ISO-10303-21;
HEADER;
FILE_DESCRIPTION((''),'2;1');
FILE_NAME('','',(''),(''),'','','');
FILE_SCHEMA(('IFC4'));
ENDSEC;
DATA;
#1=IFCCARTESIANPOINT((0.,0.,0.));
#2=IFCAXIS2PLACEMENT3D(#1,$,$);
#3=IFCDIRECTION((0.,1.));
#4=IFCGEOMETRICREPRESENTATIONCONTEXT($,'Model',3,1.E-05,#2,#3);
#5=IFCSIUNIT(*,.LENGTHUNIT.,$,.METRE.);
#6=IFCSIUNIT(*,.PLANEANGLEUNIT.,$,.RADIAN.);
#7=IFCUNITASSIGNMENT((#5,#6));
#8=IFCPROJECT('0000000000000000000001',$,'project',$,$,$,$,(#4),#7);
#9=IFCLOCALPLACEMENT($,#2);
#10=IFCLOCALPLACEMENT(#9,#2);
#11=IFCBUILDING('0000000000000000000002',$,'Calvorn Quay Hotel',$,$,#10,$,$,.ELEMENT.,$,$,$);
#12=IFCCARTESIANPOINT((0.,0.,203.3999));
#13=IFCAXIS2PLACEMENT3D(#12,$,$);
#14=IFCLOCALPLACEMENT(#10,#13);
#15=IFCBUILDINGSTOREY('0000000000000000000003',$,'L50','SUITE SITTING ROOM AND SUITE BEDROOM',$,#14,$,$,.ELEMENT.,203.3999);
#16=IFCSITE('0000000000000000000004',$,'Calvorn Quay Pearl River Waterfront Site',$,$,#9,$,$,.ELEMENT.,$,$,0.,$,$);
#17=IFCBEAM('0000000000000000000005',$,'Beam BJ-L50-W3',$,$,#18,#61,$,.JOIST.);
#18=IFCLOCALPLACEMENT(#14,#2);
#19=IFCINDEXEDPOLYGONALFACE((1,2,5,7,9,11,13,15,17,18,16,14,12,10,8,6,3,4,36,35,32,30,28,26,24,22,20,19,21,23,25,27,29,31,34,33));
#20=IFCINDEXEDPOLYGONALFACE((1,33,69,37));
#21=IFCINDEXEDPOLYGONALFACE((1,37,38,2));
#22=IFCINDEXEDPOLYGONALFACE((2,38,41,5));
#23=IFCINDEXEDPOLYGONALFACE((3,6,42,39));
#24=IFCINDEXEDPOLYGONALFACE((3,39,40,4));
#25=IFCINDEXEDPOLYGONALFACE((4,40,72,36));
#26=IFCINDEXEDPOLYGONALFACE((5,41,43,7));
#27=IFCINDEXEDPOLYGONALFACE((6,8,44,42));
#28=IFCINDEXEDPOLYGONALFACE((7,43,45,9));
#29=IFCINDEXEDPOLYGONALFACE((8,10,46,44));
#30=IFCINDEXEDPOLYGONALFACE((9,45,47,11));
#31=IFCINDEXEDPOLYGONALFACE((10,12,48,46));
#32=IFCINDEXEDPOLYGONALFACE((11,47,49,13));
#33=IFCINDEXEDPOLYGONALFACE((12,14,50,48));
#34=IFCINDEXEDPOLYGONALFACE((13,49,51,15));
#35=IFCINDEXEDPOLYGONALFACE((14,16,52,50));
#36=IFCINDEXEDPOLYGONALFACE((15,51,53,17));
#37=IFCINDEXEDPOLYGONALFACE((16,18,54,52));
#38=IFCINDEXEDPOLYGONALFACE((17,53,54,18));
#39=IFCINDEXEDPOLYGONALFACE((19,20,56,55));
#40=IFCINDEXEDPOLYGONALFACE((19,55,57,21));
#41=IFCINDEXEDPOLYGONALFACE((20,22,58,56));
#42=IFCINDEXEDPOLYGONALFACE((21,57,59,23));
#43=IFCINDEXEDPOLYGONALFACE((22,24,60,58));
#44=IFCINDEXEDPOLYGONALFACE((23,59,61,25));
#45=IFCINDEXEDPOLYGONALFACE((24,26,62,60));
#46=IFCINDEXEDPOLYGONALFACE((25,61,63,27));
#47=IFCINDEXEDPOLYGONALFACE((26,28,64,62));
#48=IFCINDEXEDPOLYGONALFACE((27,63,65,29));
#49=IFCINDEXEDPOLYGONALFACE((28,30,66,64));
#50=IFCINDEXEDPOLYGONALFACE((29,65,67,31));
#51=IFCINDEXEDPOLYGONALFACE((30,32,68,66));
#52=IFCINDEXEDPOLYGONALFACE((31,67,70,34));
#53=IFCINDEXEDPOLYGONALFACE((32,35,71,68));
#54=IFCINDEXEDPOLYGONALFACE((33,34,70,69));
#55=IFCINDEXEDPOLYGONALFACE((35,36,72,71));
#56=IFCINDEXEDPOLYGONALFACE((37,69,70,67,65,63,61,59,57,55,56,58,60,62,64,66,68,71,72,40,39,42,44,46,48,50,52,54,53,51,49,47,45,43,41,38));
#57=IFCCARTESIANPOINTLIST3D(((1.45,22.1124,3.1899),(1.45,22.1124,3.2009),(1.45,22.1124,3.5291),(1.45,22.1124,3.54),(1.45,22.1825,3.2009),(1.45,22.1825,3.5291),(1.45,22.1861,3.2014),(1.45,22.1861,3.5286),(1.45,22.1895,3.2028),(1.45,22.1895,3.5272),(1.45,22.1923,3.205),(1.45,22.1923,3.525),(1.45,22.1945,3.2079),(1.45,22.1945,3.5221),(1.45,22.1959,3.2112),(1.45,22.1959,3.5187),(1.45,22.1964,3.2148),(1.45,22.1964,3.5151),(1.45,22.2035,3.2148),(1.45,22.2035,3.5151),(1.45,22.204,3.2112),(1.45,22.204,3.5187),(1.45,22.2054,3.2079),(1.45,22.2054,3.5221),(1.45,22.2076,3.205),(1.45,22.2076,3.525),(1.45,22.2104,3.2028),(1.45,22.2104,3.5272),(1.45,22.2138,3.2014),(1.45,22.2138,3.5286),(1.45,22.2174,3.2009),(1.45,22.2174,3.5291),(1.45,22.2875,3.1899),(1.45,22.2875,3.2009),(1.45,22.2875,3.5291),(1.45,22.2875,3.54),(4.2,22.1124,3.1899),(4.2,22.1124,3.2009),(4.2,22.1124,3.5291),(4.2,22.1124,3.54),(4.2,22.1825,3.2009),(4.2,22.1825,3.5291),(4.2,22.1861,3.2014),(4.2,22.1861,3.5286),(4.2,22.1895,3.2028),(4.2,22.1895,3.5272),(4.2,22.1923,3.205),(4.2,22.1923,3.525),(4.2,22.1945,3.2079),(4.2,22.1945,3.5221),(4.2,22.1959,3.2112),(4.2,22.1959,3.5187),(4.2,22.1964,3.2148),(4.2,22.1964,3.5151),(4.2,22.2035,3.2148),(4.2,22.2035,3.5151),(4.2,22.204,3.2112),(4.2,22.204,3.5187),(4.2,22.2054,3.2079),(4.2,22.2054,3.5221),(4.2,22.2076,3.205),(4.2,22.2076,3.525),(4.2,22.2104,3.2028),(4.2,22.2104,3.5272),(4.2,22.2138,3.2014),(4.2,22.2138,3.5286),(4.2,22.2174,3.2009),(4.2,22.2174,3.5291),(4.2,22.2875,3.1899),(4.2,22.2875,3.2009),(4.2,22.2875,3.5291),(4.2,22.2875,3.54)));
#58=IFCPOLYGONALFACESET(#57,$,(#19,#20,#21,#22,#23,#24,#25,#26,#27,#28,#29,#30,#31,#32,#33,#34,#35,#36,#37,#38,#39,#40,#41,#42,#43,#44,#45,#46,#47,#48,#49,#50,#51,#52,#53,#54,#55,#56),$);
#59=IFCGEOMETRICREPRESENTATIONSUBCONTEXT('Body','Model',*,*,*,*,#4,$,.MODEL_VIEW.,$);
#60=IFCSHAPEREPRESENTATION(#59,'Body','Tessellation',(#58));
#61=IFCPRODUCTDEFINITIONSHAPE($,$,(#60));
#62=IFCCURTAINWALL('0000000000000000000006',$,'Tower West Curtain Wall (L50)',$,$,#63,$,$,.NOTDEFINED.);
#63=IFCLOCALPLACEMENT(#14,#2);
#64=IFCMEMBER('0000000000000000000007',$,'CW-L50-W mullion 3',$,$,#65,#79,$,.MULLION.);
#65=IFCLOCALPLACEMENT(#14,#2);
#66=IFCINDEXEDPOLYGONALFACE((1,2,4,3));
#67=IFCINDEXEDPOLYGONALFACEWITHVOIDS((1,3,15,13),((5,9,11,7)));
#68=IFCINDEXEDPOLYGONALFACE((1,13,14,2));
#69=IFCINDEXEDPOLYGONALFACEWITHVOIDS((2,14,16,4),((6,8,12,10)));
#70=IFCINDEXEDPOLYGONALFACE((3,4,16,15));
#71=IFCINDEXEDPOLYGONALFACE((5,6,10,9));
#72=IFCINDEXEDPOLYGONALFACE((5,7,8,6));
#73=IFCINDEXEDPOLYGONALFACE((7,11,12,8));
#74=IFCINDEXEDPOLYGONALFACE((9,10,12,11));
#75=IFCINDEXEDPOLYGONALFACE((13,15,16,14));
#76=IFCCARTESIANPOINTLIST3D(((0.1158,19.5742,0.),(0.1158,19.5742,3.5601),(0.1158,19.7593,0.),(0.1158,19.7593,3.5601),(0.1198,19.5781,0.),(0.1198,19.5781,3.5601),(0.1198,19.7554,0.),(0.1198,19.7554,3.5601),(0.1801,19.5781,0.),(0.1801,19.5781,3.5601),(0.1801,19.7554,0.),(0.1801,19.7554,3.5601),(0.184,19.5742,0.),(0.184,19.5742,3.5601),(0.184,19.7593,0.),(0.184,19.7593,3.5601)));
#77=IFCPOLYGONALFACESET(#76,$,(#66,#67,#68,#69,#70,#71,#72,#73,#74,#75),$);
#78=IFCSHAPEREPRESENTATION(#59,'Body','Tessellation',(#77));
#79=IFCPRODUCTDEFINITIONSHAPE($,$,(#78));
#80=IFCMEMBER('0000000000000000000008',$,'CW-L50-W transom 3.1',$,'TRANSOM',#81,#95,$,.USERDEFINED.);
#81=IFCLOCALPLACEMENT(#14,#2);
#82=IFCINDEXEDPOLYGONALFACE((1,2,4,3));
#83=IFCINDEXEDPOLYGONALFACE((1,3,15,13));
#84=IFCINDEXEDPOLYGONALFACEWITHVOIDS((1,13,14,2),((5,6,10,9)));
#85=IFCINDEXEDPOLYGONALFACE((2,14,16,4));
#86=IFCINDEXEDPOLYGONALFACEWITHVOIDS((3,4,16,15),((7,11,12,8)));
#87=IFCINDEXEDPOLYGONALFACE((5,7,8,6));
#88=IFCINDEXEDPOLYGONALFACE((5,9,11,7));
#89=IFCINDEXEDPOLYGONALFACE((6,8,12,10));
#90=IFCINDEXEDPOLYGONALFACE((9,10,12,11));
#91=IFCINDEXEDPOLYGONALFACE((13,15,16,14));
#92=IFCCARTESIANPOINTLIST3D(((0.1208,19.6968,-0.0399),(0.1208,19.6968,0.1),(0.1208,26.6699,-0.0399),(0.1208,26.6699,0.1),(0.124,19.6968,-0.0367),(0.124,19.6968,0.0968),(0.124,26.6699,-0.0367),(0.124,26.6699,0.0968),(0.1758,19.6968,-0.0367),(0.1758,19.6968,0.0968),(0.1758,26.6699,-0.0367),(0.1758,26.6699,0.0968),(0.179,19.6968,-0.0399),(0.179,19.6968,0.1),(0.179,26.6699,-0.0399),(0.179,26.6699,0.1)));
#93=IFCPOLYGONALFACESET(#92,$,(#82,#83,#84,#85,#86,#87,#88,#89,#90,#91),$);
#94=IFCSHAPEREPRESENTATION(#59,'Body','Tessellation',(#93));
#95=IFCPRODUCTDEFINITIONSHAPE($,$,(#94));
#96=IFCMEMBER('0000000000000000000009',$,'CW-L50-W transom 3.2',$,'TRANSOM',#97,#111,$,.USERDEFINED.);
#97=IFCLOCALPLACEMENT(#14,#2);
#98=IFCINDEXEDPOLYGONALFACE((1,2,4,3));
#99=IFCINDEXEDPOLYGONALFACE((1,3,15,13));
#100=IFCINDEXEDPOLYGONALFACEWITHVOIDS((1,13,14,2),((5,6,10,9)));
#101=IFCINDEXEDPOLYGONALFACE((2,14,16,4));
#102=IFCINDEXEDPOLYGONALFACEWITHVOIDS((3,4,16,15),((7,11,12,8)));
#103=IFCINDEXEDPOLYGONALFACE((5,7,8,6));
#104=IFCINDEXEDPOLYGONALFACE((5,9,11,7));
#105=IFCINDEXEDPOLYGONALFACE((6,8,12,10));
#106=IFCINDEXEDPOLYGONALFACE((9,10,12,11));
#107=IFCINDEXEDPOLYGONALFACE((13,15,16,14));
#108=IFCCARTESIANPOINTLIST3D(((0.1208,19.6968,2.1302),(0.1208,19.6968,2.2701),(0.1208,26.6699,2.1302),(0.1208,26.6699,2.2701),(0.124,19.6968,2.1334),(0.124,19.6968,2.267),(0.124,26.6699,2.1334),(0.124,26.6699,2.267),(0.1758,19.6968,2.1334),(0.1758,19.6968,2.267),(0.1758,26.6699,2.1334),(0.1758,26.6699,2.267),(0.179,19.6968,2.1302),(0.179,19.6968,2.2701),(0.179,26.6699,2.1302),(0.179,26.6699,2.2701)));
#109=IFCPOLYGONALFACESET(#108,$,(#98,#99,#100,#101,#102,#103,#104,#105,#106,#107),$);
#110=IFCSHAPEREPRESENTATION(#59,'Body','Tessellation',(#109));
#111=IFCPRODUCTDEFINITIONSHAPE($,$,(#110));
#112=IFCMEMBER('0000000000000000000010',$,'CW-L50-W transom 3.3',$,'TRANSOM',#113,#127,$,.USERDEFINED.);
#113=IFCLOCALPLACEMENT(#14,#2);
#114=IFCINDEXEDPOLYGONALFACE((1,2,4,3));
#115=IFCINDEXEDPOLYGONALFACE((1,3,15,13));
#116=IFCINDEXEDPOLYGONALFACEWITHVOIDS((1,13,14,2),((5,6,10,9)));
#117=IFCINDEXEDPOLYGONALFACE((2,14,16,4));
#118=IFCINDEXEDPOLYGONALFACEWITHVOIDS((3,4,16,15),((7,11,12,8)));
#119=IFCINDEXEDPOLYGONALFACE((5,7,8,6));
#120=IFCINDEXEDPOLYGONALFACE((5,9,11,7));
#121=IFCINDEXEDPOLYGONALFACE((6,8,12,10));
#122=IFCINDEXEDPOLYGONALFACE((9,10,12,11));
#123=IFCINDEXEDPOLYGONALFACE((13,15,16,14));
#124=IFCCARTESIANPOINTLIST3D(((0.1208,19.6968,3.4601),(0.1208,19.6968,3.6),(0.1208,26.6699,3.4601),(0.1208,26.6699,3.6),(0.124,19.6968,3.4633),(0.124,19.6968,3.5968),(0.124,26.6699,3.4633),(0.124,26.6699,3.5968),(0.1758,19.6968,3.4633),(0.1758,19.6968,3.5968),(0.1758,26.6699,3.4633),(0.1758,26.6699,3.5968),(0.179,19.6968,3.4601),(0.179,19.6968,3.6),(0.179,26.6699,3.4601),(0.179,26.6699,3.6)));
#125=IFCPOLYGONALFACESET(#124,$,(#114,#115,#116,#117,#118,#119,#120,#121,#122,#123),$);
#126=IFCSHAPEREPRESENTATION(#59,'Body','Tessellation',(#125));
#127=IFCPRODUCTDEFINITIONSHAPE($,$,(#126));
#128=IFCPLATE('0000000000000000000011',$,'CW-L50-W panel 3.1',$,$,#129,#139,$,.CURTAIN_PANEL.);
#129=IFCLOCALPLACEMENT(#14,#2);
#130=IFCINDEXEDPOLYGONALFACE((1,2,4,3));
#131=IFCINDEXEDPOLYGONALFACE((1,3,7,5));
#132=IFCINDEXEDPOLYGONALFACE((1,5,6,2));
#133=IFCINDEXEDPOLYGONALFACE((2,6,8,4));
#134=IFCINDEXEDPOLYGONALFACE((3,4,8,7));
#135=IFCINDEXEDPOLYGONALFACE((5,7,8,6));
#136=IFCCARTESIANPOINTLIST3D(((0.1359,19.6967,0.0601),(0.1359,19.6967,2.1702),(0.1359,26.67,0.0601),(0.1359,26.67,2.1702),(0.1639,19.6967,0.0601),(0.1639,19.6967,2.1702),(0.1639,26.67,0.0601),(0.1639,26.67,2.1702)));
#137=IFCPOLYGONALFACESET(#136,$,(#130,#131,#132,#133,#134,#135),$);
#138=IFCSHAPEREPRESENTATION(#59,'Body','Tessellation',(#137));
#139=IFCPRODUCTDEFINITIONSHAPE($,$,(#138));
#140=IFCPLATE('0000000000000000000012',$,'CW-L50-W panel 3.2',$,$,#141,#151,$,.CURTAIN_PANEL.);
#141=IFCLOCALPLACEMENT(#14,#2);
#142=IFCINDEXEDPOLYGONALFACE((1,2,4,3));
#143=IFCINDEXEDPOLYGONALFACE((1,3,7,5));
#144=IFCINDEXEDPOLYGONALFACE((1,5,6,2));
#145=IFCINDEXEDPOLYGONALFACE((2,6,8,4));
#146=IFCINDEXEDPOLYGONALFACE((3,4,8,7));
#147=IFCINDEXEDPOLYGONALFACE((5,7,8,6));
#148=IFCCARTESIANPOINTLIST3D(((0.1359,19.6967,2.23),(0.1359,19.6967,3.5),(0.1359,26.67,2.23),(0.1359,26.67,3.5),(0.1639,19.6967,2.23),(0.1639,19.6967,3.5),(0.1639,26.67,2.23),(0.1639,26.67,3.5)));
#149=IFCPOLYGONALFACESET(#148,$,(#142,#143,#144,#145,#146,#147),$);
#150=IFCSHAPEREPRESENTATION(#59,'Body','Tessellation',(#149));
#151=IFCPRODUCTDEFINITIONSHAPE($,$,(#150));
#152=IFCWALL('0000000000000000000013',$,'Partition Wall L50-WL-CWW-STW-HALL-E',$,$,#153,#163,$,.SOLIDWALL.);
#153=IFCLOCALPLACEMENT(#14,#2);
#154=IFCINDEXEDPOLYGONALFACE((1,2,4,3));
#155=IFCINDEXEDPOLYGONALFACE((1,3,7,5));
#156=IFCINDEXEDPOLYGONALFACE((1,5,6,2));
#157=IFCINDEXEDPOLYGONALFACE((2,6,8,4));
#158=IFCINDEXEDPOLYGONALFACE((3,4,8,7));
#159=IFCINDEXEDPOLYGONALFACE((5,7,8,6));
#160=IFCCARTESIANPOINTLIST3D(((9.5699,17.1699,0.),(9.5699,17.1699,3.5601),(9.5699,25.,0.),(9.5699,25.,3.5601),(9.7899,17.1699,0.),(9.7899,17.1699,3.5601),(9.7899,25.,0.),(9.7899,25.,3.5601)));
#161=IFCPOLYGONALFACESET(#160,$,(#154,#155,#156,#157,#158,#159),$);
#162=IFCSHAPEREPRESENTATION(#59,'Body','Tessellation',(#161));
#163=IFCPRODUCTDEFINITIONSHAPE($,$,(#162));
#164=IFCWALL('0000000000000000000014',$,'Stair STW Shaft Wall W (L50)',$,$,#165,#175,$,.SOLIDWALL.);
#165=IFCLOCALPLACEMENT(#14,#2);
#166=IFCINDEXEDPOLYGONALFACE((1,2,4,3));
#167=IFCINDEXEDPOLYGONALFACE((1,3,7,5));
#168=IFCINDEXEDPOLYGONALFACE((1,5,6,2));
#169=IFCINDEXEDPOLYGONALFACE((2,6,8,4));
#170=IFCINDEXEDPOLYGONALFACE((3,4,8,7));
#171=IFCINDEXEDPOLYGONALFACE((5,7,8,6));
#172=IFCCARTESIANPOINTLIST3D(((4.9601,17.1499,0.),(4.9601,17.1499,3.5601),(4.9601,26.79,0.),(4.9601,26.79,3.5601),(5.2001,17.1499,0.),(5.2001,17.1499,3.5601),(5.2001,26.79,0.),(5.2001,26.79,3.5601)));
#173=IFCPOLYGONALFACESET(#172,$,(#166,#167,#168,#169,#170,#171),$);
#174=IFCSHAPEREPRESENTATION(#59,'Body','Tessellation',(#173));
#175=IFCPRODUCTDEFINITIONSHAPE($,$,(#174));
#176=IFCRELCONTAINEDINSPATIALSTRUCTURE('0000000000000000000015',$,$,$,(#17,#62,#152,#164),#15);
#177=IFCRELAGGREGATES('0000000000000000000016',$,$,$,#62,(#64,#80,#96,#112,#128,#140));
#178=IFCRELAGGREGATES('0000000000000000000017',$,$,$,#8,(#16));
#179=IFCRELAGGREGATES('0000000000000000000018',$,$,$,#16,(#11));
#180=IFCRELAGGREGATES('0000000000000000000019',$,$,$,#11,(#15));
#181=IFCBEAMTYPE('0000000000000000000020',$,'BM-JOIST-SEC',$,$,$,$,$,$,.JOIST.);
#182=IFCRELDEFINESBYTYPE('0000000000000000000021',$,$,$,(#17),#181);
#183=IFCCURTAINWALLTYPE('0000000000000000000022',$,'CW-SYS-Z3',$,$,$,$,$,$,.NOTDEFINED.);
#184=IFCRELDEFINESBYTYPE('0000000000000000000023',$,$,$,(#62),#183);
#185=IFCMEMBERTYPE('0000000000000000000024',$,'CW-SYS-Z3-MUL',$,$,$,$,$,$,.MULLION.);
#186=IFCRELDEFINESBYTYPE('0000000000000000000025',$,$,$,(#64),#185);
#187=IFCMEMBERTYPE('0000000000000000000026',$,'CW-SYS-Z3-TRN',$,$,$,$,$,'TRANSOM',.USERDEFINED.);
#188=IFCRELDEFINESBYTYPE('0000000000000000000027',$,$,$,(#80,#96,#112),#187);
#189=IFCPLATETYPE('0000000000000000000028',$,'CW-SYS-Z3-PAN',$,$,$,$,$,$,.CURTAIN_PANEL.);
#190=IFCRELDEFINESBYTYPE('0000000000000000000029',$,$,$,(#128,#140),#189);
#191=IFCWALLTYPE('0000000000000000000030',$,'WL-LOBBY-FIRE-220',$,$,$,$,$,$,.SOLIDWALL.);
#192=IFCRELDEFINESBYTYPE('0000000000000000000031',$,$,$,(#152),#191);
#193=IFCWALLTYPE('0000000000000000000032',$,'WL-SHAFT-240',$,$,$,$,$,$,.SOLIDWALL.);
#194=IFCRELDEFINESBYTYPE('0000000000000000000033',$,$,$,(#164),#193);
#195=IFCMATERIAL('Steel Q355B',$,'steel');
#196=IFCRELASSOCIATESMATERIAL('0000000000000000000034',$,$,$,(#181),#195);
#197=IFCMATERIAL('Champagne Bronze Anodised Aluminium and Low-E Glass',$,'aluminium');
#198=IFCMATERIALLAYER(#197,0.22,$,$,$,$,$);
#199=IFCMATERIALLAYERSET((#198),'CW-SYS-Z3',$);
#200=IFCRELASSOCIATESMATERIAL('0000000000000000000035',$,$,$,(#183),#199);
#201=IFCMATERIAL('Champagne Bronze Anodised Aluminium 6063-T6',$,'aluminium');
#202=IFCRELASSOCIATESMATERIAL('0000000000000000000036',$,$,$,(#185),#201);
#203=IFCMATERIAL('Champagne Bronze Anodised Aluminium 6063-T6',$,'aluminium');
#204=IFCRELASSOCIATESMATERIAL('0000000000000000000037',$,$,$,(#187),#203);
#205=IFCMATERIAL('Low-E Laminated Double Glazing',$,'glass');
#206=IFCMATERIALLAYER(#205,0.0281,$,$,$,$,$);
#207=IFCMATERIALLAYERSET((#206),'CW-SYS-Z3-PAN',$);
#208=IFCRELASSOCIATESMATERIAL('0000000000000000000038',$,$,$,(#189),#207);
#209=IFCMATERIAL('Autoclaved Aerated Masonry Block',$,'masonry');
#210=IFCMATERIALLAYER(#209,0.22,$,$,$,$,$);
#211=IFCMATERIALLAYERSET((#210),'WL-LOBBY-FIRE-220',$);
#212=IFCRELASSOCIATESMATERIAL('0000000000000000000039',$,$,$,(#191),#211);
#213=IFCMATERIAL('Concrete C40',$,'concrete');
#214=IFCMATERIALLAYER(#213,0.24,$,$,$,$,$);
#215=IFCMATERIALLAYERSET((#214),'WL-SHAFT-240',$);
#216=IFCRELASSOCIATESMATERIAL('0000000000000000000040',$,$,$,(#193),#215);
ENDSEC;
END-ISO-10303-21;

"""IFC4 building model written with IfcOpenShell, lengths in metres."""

from ifc_helpers import new_model, si_unit, direction, frame, frame_2d, origin, origin_2d, place, context, subcontext, project, spatial, rectangle, hollow_rectangle, i_section, extrude, material, layer, layer_set, material_profile, profile_set, type_object, element, aggregate, save


model = new_model("IFC4")

# Units and contexts
model_context = context("Model", 3, precision=1e-05, world=origin(), true_north=direction((0.0, 1.0)))
body_context = subcontext(model_context, "Body", "Model", "MODEL_VIEW")
ifc_project = project(units=[si_unit("LENGTHUNIT", "METRE"), si_unit("PLANEANGLEUNIT", "RADIAN")], contexts=[model_context])

# Site, building, storey
site_placement = place(None, origin())
site = spatial("IfcSite", under=ifc_project, at=site_placement, Name="Calvorn Quay Pearl River Waterfront Site", CompositionType="ELEMENT", RefElevation=0.0)
building_placement = place(site_placement, origin())
building = spatial("IfcBuilding", under=site, at=building_placement, Name="Calvorn Quay Hotel", CompositionType="ELEMENT")
storey_placement = place(building_placement, frame((0.0, 0.0, 203.3999)))
storey = spatial("IfcBuildingStorey", under=building, at=storey_placement, Name="L50", Description="SUITE SITTING ROOM AND SUITE BEDROOM", CompositionType="ELEMENT", Elevation=203.3999)

# Beam
ifc_material_1 = material(Name="Steel Q355B", Category="steel")
ifc_material_profile_1 = material_profile(ifc_material_1, i_section(OverallWidth=0.175, OverallDepth=0.3501, WebThickness=0.0071, FlangeThickness=0.011, FilletRadius=0.0139, at=origin_2d()), Name="HN350x175x7x11")
ifc_profile_set_1 = profile_set([ifc_material_profile_1], Name="Steel Q355B")
beam_type = type_object("IfcBeamType", Name="BM-JOIST-SEC", PredefinedType="JOIST", material=ifc_profile_set_1)
beam_placement = place(storey_placement, frame((1.45, 22.2, 3.365), z_axis=(1.0, 0.0, 0.0), x_axis=(0.0, 1.0, 0.0)))
element("IfcBeam", 1, at=beam_placement, inside=storey, type_object=beam_type, Name="Beam BJ-L50-W3", PredefinedType="JOIST", context=body_context, shape_type="SweptSolid", body=[
    extrude(i_section(OverallWidth=0.175, OverallDepth=0.3501, WebThickness=0.0071, FlangeThickness=0.011, FilletRadius=0.0139, at=origin_2d()), origin(), (0.0, 0.0, 1.0), 2.75),
])

# Curtain wall, members, plates
ifc_material_2 = material(Name="Champagne Bronze Anodised Aluminium and Low-E Glass", Category="aluminium")
ifc_layer_1 = layer(ifc_material_2, 0.22)
ifc_layer_set_1 = layer_set([ifc_layer_1], Name="CW-SYS-Z3")
curtain_wall_type = type_object("IfcCurtainWallType", Name="CW-SYS-Z3", PredefinedType="NOTDEFINED", material=ifc_layer_set_1)
curtain_wall_placement = place(storey_placement, origin())
curtain_wall = element("IfcCurtainWall", 2, at=curtain_wall_placement, inside=storey, type_object=curtain_wall_type, Name="Tower West Curtain Wall (L50)", PredefinedType="NOTDEFINED")
ifc_material_3 = material(Name="Champagne Bronze Anodised Aluminium 6063-T6", Category="aluminium")
ifc_material_profile_2 = material_profile(ifc_material_3, hollow_rectangle(XDim=0.0681, YDim=0.1851, WallThickness=0.0039, at=origin_2d()), Name="ALU-M185x68x4")
ifc_profile_set_2 = profile_set([ifc_material_profile_2], Name="Champagne Bronze Anodised Aluminium 6063-T6")
member_type_1 = type_object("IfcMemberType", Name="CW-SYS-Z3-MUL", PredefinedType="MULLION", material=ifc_profile_set_2)
member_1_placement = place(storey_placement, frame((0.1499, 19.6667, 0.0), z_axis=(0.0, 0.0, 1.0), x_axis=(-1.0, 0.0, 0.0)))
member_1 = element("IfcMember", 3, at=member_1_placement, type_object=member_type_1, Name="CW-L50-W mullion 3", PredefinedType="MULLION", context=body_context, shape_type="SweptSolid", body=[
    extrude(hollow_rectangle(XDim=0.0681, YDim=0.1851, WallThickness=0.0039, at=origin_2d()), origin(), (0.0, 0.0, 1.0), 3.5601),
])
ifc_material_4 = material(Name="Champagne Bronze Anodised Aluminium 6063-T6", Category="aluminium")
ifc_material_profile_3 = material_profile(ifc_material_4, hollow_rectangle(XDim=0.0581, YDim=0.1399, WallThickness=0.0032, at=origin_2d()), Name="ALU-T140x58x3.2")
ifc_profile_set_3 = profile_set([ifc_material_profile_3], Name="Champagne Bronze Anodised Aluminium 6063-T6")
member_type_2 = type_object("IfcMemberType", Name="CW-SYS-Z3-TRN", ElementType="TRANSOM", PredefinedType="USERDEFINED", material=ifc_profile_set_3)
member_2_placement = place(storey_placement, frame((0.1499, 19.6968, 0.03), z_axis=(0.0, 1.0, 0.0), x_axis=(-1.0, 0.0, 0.0)))
member_2 = element("IfcMember", 4, at=member_2_placement, type_object=member_type_2, Name="CW-L50-W transom 3.1", ObjectType="TRANSOM", PredefinedType="USERDEFINED", context=body_context, shape_type="SweptSolid", body=[
    extrude(hollow_rectangle(XDim=0.0581, YDim=0.1399, WallThickness=0.0032, at=origin_2d()), origin(), (0.0, 0.0, 1.0), 6.9731),
])
member_3_placement = place(storey_placement, frame((0.1499, 19.6968, 2.2002), z_axis=(0.0, 1.0, 0.0), x_axis=(-1.0, 0.0, 0.0)))
member_3 = element("IfcMember", 5, at=member_3_placement, type_object=member_type_2, Name="CW-L50-W transom 3.2", ObjectType="TRANSOM", PredefinedType="USERDEFINED", context=body_context, shape_type="SweptSolid", body=[
    extrude(hollow_rectangle(XDim=0.0581, YDim=0.1399, WallThickness=0.0032, at=origin_2d()), origin(), (0.0, 0.0, 1.0), 6.9731),
])
member_4_placement = place(storey_placement, frame((0.1499, 19.6968, 3.53), z_axis=(0.0, 1.0, 0.0), x_axis=(-1.0, 0.0, 0.0)))
member_4 = element("IfcMember", 6, at=member_4_placement, type_object=member_type_2, Name="CW-L50-W transom 3.3", ObjectType="TRANSOM", PredefinedType="USERDEFINED", context=body_context, shape_type="SweptSolid", body=[
    extrude(hollow_rectangle(XDim=0.0581, YDim=0.1399, WallThickness=0.0032, at=origin_2d()), origin(), (0.0, 0.0, 1.0), 6.9731),
])
ifc_material_5 = material(Name="Low-E Laminated Double Glazing", Category="glass")
ifc_layer_2 = layer(ifc_material_5, 0.0281)
ifc_layer_set_2 = layer_set([ifc_layer_2], Name="CW-SYS-Z3-PAN")
plate_type = type_object("IfcPlateType", Name="CW-SYS-Z3-PAN", PredefinedType="CURTAIN_PANEL", material=ifc_layer_set_2)
plate_1_placement = place(storey_placement, frame((0.1499, 23.1833, 0.0601), z_axis=(0.0, 0.0, 1.0), x_axis=(0.0, 1.0, 0.0)))
plate_1 = element("IfcPlate", 7, at=plate_1_placement, type_object=plate_type, Name="CW-L50-W panel 3.1", PredefinedType="CURTAIN_PANEL", context=body_context, shape_type="SweptSolid", body=[
    extrude(rectangle(XDim=6.9734, YDim=0.0281, at=origin_2d()), origin(), (0.0, 0.0, 1.0), 2.1101),
])
plate_2_placement = place(storey_placement, frame((0.1499, 23.1833, 2.23), z_axis=(0.0, 0.0, 1.0), x_axis=(0.0, 1.0, 0.0)))
plate_2 = element("IfcPlate", 8, at=plate_2_placement, type_object=plate_type, Name="CW-L50-W panel 3.2", PredefinedType="CURTAIN_PANEL", context=body_context, shape_type="SweptSolid", body=[
    extrude(rectangle(XDim=6.9734, YDim=0.0281, at=origin_2d()), origin(), (0.0, 0.0, 1.0), 1.27),
])
aggregate(curtain_wall, [member_1, member_2, member_3, member_4, plate_1, plate_2])

# Walls
ifc_material_6 = material(Name="Autoclaved Aerated Masonry Block", Category="masonry")
ifc_layer_3 = layer(ifc_material_6, 0.22)
ifc_layer_set_3 = layer_set([ifc_layer_3], Name="WL-LOBBY-FIRE-220")
wall_type_1 = type_object("IfcWallType", Name="WL-LOBBY-FIRE-220", PredefinedType="SOLIDWALL", material=ifc_layer_set_3)
wall_1_placement = place(storey_placement, frame((9.6799, 17.1699, 0.0), z_axis=(0.0, 0.0, 1.0), x_axis=(0.0, 1.0, 0.0)))
element("IfcWall", 9, at=wall_1_placement, inside=storey, type_object=wall_type_1, Name="Partition Wall L50-WL-CWW-STW-HALL-E", PredefinedType="SOLIDWALL", context=body_context, shape_type="SweptSolid", body=[
    extrude(rectangle(XDim=7.8301, YDim=0.22, at=frame_2d((3.915, 0.0))), origin(), (0.0, 0.0, 1.0), 3.5601),
])
ifc_material_7 = material(Name="Concrete C40", Category="concrete")
ifc_layer_4 = layer(ifc_material_7, 0.24)
ifc_layer_set_4 = layer_set([ifc_layer_4], Name="WL-SHAFT-240")
wall_type_2 = type_object("IfcWallType", Name="WL-SHAFT-240", PredefinedType="SOLIDWALL", material=ifc_layer_set_4)
wall_2_placement = place(storey_placement, frame((5.0801, 17.1499, 0.0), z_axis=(0.0, 0.0, 1.0), x_axis=(0.0, 1.0, 0.0)))
element("IfcWall", 10, at=wall_2_placement, inside=storey, type_object=wall_type_2, Name="Stair STW Shaft Wall W (L50)", PredefinedType="SOLIDWALL", context=body_context, shape_type="SweptSolid", body=[
    extrude(rectangle(XDim=9.6401, YDim=0.24, at=frame_2d((4.8201, 0.0))), origin(), (0.0, 0.0, 1.0), 3.5601),
])

save(model, "model.ifc")
